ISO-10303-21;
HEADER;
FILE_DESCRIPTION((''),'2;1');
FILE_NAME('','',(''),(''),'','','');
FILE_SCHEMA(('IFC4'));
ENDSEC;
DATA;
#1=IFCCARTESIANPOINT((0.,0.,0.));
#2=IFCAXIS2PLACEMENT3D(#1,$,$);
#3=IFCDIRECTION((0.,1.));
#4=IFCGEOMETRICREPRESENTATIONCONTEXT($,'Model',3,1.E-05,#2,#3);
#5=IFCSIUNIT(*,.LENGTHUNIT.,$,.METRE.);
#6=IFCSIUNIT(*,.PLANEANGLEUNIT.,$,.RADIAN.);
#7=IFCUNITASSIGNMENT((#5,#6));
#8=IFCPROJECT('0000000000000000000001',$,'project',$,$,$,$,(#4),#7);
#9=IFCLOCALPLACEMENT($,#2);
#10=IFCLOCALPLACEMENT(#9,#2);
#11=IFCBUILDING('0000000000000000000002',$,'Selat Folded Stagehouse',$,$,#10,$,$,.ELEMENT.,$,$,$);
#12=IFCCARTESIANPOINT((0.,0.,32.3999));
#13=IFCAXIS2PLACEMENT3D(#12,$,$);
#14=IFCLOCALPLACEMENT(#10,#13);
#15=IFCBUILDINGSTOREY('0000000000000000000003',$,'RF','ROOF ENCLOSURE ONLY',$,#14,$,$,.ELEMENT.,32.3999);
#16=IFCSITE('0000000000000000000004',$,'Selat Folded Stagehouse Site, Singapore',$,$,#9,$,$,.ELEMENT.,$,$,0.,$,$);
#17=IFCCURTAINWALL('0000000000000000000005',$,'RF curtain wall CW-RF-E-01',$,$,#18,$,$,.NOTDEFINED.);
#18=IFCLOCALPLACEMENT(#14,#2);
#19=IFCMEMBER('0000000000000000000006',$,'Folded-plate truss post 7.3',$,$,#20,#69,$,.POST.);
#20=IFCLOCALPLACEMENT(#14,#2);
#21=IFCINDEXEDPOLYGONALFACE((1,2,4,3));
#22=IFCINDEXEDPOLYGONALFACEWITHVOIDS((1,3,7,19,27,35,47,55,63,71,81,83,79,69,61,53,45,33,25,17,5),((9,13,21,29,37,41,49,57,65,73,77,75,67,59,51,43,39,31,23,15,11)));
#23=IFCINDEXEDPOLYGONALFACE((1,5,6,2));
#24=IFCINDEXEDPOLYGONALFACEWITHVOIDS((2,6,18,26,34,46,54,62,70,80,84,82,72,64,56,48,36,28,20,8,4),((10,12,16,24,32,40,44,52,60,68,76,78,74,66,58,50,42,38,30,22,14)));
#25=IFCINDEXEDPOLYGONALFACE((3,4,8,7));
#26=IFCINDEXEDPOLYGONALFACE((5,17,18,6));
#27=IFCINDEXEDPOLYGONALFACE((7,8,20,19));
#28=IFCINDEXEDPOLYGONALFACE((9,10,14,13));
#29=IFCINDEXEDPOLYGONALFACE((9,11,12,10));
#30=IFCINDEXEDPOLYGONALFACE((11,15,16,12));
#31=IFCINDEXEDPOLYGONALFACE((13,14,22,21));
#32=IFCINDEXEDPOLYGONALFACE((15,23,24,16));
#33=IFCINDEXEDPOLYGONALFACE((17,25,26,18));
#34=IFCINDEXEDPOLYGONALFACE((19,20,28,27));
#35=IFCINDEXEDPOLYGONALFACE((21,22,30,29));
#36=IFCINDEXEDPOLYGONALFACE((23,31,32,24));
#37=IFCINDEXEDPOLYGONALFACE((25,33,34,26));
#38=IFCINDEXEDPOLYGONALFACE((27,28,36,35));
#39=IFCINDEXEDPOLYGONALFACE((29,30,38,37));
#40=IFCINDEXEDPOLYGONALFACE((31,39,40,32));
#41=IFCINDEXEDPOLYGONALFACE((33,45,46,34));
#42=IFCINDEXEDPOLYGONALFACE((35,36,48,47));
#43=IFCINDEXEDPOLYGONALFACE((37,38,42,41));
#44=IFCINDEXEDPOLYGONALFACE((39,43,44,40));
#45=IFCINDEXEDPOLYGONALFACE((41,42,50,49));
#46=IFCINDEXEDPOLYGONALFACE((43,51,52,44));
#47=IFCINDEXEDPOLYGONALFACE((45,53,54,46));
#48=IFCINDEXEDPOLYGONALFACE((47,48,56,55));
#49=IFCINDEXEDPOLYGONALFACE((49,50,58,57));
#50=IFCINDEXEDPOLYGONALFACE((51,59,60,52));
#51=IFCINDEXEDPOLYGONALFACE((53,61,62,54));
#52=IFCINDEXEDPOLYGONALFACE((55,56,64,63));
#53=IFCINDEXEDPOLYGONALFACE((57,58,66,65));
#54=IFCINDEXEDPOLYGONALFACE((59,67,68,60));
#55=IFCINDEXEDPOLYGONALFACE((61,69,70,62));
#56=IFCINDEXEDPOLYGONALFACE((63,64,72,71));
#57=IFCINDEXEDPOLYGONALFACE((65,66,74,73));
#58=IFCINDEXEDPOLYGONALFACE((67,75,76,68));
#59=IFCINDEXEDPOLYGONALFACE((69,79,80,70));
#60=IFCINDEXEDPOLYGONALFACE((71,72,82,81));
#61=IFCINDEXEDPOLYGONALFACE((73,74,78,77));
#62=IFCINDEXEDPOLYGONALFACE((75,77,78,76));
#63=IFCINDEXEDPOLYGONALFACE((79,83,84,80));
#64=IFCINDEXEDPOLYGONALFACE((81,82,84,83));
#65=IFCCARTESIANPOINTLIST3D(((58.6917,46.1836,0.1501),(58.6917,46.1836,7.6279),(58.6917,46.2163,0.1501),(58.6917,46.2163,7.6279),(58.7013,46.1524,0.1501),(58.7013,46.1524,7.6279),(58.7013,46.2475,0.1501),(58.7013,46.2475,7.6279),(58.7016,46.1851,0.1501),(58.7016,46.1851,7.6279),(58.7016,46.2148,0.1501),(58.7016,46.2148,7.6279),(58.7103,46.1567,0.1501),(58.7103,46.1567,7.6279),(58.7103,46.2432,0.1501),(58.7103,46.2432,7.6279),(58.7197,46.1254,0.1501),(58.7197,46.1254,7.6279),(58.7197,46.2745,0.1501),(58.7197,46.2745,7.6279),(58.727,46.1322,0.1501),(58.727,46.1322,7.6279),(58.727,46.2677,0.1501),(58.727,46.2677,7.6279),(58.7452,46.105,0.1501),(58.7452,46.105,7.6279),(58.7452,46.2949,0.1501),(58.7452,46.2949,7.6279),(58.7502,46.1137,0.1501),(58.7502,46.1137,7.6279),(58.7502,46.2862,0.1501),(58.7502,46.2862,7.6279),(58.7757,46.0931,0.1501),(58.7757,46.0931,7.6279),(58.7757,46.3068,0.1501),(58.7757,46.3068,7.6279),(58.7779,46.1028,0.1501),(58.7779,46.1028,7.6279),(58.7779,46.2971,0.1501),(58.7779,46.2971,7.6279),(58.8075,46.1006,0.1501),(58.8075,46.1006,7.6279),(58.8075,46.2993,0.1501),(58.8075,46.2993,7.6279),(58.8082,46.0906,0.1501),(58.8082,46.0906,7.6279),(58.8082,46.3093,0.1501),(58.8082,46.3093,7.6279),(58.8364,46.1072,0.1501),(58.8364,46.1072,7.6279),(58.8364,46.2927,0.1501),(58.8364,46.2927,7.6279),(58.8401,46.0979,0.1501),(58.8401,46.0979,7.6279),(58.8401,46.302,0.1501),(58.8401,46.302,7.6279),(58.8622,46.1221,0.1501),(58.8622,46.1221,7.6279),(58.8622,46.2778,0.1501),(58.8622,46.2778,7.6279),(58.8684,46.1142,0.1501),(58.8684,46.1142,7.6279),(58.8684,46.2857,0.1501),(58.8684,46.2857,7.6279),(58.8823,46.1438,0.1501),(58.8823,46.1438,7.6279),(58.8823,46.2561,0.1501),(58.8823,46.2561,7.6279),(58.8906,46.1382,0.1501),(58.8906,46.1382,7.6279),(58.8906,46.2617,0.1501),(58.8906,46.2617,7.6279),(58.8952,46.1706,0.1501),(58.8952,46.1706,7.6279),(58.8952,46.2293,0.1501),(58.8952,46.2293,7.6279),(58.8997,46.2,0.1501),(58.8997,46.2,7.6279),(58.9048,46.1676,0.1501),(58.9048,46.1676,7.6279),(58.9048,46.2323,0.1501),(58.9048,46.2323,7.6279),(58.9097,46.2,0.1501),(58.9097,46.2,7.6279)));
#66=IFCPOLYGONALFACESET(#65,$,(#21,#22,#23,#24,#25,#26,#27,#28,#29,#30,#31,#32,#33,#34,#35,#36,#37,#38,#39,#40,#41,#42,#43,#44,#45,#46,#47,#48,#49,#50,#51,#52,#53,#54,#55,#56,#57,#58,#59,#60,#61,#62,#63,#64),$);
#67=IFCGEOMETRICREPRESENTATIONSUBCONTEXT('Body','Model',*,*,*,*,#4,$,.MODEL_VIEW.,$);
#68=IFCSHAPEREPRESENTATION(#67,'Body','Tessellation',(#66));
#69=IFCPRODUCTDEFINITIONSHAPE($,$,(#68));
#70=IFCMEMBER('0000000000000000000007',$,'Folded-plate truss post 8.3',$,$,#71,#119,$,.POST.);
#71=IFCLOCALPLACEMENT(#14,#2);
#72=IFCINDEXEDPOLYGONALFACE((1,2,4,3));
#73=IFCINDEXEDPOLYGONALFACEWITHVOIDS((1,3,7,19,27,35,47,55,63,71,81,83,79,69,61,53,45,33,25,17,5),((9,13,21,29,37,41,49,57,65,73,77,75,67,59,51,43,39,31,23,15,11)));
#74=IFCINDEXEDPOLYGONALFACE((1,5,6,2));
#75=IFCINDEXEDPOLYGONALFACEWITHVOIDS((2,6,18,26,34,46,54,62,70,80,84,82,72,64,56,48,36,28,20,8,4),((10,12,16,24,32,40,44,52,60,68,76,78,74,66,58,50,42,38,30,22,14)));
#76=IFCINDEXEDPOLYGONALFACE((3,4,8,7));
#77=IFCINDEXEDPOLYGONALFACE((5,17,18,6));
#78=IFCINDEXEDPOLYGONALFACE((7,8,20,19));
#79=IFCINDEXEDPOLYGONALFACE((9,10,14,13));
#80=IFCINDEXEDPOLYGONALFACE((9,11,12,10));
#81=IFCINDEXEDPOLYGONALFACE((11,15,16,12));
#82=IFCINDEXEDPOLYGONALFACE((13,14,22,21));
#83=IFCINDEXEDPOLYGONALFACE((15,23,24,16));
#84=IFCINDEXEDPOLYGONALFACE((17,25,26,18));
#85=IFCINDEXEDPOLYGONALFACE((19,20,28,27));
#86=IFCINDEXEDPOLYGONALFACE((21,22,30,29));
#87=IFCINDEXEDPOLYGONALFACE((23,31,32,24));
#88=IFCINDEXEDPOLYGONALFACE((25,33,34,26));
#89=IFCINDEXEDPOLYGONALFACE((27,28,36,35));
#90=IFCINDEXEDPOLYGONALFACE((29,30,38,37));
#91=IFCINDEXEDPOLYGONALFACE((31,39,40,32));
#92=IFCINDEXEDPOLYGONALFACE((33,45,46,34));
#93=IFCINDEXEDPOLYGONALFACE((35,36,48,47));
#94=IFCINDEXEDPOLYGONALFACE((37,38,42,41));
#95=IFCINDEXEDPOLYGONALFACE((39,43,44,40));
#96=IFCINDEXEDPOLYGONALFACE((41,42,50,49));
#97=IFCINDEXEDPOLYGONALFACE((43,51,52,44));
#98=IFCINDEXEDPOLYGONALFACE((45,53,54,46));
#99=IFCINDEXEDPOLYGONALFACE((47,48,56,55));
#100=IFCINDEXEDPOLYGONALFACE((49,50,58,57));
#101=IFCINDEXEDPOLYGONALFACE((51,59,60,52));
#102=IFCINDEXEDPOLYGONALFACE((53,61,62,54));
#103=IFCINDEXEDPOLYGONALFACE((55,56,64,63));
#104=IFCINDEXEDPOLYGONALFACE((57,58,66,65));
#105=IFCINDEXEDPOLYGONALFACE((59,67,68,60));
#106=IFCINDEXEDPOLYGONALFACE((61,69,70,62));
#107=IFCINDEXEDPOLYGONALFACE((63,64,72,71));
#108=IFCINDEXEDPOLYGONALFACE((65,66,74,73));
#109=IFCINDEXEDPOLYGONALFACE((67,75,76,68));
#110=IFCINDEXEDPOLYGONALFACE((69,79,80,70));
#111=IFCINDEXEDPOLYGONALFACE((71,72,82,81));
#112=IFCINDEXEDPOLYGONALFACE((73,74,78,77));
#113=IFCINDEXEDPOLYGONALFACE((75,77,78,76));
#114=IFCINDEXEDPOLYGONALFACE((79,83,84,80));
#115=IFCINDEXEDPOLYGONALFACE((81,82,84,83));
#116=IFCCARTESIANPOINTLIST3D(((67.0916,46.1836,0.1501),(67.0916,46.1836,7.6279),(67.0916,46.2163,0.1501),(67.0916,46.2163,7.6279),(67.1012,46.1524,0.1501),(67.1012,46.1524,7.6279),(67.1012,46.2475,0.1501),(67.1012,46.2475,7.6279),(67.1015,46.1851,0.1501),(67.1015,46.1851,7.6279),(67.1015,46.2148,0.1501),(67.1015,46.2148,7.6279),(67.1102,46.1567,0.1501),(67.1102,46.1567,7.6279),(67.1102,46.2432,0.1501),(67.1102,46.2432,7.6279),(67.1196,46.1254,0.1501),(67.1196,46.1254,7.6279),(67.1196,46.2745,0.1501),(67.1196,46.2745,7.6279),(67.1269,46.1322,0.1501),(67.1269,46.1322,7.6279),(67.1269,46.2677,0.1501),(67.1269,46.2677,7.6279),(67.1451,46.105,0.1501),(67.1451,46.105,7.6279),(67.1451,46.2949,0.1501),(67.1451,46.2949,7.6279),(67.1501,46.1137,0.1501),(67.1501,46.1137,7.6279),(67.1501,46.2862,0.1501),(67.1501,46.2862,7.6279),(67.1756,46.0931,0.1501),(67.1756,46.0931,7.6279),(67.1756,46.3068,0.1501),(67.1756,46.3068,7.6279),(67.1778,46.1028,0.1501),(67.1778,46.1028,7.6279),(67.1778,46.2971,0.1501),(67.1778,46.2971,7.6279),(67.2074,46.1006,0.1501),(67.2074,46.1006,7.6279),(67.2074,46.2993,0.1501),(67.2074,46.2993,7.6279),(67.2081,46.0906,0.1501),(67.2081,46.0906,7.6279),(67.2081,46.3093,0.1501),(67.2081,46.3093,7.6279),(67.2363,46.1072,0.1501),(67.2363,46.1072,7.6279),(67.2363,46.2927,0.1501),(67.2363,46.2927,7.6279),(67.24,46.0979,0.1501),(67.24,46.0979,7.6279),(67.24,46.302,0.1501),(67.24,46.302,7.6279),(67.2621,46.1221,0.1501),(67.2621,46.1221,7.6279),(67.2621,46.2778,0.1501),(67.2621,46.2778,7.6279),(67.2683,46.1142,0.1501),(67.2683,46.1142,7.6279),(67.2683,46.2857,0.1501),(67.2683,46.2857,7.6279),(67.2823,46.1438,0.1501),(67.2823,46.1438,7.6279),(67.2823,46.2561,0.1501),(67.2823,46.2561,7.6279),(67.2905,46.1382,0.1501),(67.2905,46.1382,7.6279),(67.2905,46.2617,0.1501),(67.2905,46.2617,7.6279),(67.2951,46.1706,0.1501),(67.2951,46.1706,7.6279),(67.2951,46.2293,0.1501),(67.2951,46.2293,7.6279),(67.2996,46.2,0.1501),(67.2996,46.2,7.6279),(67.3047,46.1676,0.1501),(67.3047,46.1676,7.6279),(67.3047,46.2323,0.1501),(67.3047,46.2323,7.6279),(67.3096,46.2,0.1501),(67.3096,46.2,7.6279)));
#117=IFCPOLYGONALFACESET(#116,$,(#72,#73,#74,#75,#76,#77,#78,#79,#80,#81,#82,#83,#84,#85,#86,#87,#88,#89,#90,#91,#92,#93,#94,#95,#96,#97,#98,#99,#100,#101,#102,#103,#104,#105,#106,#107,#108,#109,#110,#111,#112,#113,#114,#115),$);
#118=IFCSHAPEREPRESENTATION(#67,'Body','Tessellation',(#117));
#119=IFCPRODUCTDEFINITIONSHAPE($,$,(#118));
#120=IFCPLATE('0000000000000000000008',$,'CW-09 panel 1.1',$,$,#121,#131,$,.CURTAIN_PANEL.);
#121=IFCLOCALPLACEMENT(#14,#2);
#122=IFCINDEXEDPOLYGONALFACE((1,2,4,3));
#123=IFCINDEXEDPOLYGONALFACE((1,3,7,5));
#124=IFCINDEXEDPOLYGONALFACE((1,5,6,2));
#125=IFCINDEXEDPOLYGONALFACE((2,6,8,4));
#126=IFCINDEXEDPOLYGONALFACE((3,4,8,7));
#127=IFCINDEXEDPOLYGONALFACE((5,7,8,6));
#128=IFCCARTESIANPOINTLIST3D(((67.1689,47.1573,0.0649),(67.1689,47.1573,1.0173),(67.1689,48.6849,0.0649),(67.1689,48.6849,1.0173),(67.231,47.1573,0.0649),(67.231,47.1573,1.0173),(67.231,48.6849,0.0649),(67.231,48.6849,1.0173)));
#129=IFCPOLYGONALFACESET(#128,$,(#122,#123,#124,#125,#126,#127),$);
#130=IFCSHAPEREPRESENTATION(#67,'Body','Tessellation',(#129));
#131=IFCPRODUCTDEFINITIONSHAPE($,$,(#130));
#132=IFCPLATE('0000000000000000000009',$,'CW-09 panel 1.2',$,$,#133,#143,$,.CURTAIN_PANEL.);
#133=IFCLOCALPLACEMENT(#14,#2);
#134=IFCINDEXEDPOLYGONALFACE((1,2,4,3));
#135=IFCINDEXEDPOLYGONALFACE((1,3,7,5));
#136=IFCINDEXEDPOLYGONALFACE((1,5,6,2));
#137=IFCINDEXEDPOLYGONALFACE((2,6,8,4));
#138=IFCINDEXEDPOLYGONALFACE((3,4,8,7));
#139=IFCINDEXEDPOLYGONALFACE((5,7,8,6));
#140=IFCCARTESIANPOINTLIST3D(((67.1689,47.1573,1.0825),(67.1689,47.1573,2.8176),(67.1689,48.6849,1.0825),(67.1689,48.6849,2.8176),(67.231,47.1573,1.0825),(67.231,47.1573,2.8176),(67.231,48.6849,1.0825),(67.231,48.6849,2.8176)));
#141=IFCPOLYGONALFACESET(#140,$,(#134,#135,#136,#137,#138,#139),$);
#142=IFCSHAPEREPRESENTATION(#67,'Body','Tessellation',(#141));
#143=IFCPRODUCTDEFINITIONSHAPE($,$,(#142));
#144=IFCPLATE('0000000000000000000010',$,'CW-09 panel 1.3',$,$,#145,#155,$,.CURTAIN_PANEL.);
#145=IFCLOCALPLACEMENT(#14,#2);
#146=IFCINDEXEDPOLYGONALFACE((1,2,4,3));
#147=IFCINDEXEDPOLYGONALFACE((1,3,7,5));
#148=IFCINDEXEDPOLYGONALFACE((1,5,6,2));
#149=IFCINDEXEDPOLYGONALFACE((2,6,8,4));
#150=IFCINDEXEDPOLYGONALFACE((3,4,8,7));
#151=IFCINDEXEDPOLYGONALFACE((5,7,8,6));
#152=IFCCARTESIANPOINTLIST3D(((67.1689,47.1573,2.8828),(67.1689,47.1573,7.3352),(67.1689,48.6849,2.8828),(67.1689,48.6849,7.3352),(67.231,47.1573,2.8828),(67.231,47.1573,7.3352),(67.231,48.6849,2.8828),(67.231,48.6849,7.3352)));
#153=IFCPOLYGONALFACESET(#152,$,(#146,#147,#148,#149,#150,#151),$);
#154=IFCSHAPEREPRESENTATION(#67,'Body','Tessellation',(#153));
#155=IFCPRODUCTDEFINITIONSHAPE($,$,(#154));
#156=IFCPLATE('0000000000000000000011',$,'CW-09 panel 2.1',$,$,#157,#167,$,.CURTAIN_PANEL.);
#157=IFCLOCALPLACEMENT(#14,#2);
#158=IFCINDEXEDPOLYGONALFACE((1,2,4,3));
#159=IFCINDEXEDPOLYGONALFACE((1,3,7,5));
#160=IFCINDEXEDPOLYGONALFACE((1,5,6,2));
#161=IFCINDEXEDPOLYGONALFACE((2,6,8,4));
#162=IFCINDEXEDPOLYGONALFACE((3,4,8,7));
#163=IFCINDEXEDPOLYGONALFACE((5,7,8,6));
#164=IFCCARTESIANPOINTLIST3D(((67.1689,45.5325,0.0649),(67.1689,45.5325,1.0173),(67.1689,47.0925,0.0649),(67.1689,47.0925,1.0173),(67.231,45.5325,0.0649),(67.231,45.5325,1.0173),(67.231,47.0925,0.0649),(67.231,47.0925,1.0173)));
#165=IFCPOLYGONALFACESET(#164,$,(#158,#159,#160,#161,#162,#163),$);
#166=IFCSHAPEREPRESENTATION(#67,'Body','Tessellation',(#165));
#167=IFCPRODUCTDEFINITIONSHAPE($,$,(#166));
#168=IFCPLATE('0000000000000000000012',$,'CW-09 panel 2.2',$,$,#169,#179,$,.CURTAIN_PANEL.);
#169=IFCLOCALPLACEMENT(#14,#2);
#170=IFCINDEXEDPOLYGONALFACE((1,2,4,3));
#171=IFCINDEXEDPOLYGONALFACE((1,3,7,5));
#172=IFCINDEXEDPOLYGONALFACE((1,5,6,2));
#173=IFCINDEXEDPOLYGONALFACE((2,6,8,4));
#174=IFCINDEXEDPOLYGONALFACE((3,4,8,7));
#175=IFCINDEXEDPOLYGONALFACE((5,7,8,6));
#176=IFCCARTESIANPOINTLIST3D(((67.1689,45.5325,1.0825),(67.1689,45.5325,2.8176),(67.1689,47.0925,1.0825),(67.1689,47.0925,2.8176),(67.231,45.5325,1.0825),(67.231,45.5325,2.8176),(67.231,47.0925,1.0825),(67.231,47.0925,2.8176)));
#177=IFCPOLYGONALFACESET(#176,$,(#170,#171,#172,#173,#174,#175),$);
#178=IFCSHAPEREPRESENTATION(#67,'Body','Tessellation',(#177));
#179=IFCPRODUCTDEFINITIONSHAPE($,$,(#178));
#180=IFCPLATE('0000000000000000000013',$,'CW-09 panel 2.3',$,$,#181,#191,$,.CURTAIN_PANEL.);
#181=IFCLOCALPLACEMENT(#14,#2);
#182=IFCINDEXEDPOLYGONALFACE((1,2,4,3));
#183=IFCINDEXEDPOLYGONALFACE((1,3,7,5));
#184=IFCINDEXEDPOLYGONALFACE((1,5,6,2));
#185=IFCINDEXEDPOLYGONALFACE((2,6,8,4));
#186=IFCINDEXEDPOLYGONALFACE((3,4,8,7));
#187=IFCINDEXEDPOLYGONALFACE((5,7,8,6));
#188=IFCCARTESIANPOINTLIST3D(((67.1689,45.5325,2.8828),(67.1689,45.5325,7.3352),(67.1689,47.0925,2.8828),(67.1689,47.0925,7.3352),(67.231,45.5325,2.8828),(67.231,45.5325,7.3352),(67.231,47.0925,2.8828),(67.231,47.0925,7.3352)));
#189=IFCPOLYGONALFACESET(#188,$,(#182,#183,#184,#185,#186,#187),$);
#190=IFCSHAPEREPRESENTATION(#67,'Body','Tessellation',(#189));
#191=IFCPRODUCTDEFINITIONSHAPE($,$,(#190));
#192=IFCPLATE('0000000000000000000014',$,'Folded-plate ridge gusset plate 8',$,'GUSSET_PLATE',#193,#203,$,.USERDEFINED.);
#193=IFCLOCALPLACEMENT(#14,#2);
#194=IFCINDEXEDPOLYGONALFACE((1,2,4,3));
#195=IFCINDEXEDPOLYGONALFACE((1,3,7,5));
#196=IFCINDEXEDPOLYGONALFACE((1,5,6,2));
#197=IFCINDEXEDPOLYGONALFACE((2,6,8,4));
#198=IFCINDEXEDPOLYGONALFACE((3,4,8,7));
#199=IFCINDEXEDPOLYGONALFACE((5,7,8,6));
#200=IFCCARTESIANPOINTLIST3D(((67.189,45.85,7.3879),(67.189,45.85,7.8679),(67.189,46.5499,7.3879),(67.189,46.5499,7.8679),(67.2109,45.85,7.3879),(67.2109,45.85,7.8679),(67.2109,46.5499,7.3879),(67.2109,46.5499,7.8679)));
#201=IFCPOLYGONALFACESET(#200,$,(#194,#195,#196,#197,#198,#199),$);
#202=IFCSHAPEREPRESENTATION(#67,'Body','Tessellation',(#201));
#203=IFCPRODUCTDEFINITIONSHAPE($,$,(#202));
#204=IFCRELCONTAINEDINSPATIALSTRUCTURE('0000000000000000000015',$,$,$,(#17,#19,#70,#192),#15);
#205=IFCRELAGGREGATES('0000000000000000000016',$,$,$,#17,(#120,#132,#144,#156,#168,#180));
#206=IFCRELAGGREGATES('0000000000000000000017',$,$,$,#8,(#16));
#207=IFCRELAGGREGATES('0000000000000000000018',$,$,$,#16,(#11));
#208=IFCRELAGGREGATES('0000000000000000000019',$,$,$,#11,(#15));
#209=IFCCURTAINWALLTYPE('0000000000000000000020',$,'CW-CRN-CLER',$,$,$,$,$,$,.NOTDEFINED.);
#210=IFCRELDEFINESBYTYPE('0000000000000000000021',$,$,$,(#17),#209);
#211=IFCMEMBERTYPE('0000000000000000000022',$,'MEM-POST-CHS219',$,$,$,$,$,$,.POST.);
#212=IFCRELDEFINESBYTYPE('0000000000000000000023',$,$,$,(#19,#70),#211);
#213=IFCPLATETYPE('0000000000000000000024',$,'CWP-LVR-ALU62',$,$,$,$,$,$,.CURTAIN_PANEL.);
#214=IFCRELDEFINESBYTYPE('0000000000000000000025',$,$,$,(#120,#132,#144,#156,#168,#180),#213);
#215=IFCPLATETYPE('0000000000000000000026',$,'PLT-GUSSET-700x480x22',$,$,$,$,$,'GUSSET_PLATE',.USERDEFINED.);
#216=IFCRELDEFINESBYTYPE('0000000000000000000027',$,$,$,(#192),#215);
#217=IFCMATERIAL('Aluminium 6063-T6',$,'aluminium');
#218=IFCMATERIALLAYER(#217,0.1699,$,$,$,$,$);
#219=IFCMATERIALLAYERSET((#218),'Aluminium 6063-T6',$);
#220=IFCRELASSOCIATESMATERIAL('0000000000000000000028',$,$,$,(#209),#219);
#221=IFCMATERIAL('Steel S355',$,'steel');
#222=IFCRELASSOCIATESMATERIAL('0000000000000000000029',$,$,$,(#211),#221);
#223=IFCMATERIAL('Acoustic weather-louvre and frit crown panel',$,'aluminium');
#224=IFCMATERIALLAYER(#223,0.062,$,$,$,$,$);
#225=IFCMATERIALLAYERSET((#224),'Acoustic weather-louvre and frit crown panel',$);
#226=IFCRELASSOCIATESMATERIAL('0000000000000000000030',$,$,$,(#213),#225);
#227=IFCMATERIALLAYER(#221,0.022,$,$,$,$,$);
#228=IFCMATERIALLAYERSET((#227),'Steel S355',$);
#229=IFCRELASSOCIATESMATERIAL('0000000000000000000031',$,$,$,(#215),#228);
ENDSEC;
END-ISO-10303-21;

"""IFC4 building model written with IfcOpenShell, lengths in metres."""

from ifc_helpers import new_model, si_unit, direction, frame, origin, origin_2d, place, context, subcontext, project, spatial, rectangle, hollow_circle, extrude, material, layer, layer_set, material_profile, profile_set, type_object, element, aggregate, save


model = new_model("IFC4")

# Units and contexts
model_context = context("Model", 3, precision=1e-05, world=origin(), true_north=direction((0.0, 1.0)))
body_context = subcontext(model_context, "Body", "Model", "MODEL_VIEW")
ifc_project = project(units=[si_unit("LENGTHUNIT", "METRE"), si_unit("PLANEANGLEUNIT", "RADIAN")], contexts=[model_context])

# Site, building, storey
site_placement = place(None, origin())
site = spatial("IfcSite", under=ifc_project, at=site_placement, Name="Selat Folded Stagehouse Site, Singapore", CompositionType="ELEMENT", RefElevation=0.0)
building_placement = place(site_placement, origin())
building = spatial("IfcBuilding", under=site, at=building_placement, Name="Selat Folded Stagehouse", CompositionType="ELEMENT")
storey_placement = place(building_placement, frame((0.0, 0.0, 32.3999)))
storey = spatial("IfcBuildingStorey", under=building, at=storey_placement, Name="RF", Description="ROOF ENCLOSURE ONLY", CompositionType="ELEMENT", Elevation=32.3999)

# Shared definitions
ifc_material_1 = material(Name="Steel S355", Category="steel")

# Shared definitions
ifc_material_2 = material(Name="Aluminium 6063-T6", Category="aluminium")
ifc_layer_1 = layer(ifc_material_2, 0.1699)
ifc_layer_set_1 = layer_set([ifc_layer_1], Name="Aluminium 6063-T6")
curtain_wall_type = type_object("IfcCurtainWallType", Name="CW-CRN-CLER", PredefinedType="NOTDEFINED", material=ifc_layer_set_1)

# Curtain wall
curtain_wall_1_placement = place(storey_placement, origin())
curtain_wall_1 = element("IfcCurtainWall", 1, at=curtain_wall_1_placement, inside=storey, type_object=curtain_wall_type, Name="RF curtain wall CW-RF-E-01", PredefinedType="NOTDEFINED")

# Members
ifc_material_profile_1 = material_profile(ifc_material_1, hollow_circle(Radius=0.1096, WallThickness=0.01, at=origin_2d()), Name="CHS 219.1x10.0")
ifc_profile_set_1 = profile_set([ifc_material_profile_1], Name="Steel S355")
member_type_1 = type_object("IfcMemberType", Name="MEM-POST-CHS219", PredefinedType="POST", material=ifc_profile_set_1)
for number, where, z_axis, x_axis, name in (
    (2, (58.8, 46.2, 0.1501), (0.0, 0.0, 1.0), (1.0, 0.0, 0.0), "Folded-plate truss post 7.3"),
    (3, (67.2, 46.2, 0.1501), (0.0, 0.0, 1.0), (1.0, 0.0, 0.0), "Folded-plate truss post 8.3"),
):
    element("IfcMember", number, at=place(storey_placement, frame(where, z_axis=z_axis, x_axis=x_axis)), inside=storey, type_object=member_type_1, Name=name, PredefinedType="POST", context=body_context, shape_type="SweptSolid", body=[
        extrude(hollow_circle(Radius=0.1096, WallThickness=0.01, at=origin_2d()), origin(), (0.0, 0.0, 1.0), 7.4778),
    ])

# Plates
ifc_material_3 = material(Name="Acoustic weather-louvre and frit crown panel", Category="aluminium")
ifc_layer_2 = layer(ifc_material_3, 0.062)
ifc_layer_set_2 = layer_set([ifc_layer_2], Name="Acoustic weather-louvre and frit crown panel")
plate_type_1 = type_object("IfcPlateType", Name="CWP-LVR-ALU62", PredefinedType="CURTAIN_PANEL", material=ifc_layer_set_2)
plate_1_placement = place(storey_placement, frame((67.2, 47.9211, 0.0649), z_axis=(0.0, 0.0, 1.0), x_axis=(0.0, -1.0, 0.0)))
plate_1 = element("IfcPlate", 4, at=plate_1_placement, type_object=plate_type_1, Name="CW-09 panel 1.1", PredefinedType="CURTAIN_PANEL", context=body_context, shape_type="SweptSolid", body=[
    extrude(rectangle(XDim=1.5276, YDim=0.062, at=origin_2d()), origin(), (0.0, 0.0, 1.0), 0.9524),
])
plate_2_placement = place(storey_placement, frame((67.2, 47.9211, 1.0825), z_axis=(0.0, 0.0, 1.0), x_axis=(0.0, -1.0, 0.0)))
plate_2 = element("IfcPlate", 5, at=plate_2_placement, type_object=plate_type_1, Name="CW-09 panel 1.2", PredefinedType="CURTAIN_PANEL", context=body_context, shape_type="SweptSolid", body=[
    extrude(rectangle(XDim=1.5276, YDim=0.062, at=origin_2d()), origin(), (0.0, 0.0, 1.0), 1.7351),
])
plate_3_placement = place(storey_placement, frame((67.2, 47.9211, 2.8828), z_axis=(0.0, 0.0, 1.0), x_axis=(0.0, -1.0, 0.0)))
plate_3 = element("IfcPlate", 6, at=plate_3_placement, type_object=plate_type_1, Name="CW-09 panel 1.3", PredefinedType="CURTAIN_PANEL", context=body_context, shape_type="SweptSolid", body=[
    extrude(rectangle(XDim=1.5276, YDim=0.062, at=origin_2d()), origin(), (0.0, 0.0, 1.0), 4.4524),
])
plate_4_placement = place(storey_placement, frame((67.2, 46.3125, 0.0649), z_axis=(0.0, 0.0, 1.0), x_axis=(0.0, -1.0, 0.0)))
plate_4 = element("IfcPlate", 7, at=plate_4_placement, type_object=plate_type_1, Name="CW-09 panel 2.1", PredefinedType="CURTAIN_PANEL", context=body_context, shape_type="SweptSolid", body=[
    extrude(rectangle(XDim=1.5601, YDim=0.062, at=origin_2d()), origin(), (0.0, 0.0, 1.0), 0.9524),
])
plate_5_placement = place(storey_placement, frame((67.2, 46.3125, 1.0825), z_axis=(0.0, 0.0, 1.0), x_axis=(0.0, -1.0, 0.0)))
plate_5 = element("IfcPlate", 8, at=plate_5_placement, type_object=plate_type_1, Name="CW-09 panel 2.2", PredefinedType="CURTAIN_PANEL", context=body_context, shape_type="SweptSolid", body=[
    extrude(rectangle(XDim=1.5601, YDim=0.062, at=origin_2d()), origin(), (0.0, 0.0, 1.0), 1.7351),
])
plate_6_placement = place(storey_placement, frame((67.2, 46.3125, 2.8828), z_axis=(0.0, 0.0, 1.0), x_axis=(0.0, -1.0, 0.0)))
plate_6 = element("IfcPlate", 9, at=plate_6_placement, type_object=plate_type_1, Name="CW-09 panel 2.3", PredefinedType="CURTAIN_PANEL", context=body_context, shape_type="SweptSolid", body=[
    extrude(rectangle(XDim=1.5601, YDim=0.062, at=origin_2d()), origin(), (0.0, 0.0, 1.0), 4.4524),
])
aggregate(curtain_wall_1, [plate_1, plate_2, plate_3, plate_4, plate_5, plate_6])

# Plate
ifc_layer_3 = layer(ifc_material_1, 0.022)
ifc_layer_set_3 = layer_set([ifc_layer_3], Name="Steel S355")
plate_type_2 = type_object("IfcPlateType", Name="PLT-GUSSET-700x480x22", ElementType="GUSSET_PLATE", PredefinedType="USERDEFINED", material=ifc_layer_set_3)
plate_7_placement = place(storey_placement, frame((67.2, 46.2, 7.3879), z_axis=(0.0, 0.0, 1.0), x_axis=(1.0, 0.0, 0.0)))
element("IfcPlate", 10, at=plate_7_placement, inside=storey, type_object=plate_type_2, Name="Folded-plate ridge gusset plate 8", ObjectType="GUSSET_PLATE", PredefinedType="USERDEFINED", context=body_context, shape_type="SweptSolid", body=[
    extrude(rectangle(XDim=0.022, YDim=0.7, at=origin_2d()), origin(), (0.0, 0.0, 1.0), 0.48),
])

save(model, "model.ifc")
